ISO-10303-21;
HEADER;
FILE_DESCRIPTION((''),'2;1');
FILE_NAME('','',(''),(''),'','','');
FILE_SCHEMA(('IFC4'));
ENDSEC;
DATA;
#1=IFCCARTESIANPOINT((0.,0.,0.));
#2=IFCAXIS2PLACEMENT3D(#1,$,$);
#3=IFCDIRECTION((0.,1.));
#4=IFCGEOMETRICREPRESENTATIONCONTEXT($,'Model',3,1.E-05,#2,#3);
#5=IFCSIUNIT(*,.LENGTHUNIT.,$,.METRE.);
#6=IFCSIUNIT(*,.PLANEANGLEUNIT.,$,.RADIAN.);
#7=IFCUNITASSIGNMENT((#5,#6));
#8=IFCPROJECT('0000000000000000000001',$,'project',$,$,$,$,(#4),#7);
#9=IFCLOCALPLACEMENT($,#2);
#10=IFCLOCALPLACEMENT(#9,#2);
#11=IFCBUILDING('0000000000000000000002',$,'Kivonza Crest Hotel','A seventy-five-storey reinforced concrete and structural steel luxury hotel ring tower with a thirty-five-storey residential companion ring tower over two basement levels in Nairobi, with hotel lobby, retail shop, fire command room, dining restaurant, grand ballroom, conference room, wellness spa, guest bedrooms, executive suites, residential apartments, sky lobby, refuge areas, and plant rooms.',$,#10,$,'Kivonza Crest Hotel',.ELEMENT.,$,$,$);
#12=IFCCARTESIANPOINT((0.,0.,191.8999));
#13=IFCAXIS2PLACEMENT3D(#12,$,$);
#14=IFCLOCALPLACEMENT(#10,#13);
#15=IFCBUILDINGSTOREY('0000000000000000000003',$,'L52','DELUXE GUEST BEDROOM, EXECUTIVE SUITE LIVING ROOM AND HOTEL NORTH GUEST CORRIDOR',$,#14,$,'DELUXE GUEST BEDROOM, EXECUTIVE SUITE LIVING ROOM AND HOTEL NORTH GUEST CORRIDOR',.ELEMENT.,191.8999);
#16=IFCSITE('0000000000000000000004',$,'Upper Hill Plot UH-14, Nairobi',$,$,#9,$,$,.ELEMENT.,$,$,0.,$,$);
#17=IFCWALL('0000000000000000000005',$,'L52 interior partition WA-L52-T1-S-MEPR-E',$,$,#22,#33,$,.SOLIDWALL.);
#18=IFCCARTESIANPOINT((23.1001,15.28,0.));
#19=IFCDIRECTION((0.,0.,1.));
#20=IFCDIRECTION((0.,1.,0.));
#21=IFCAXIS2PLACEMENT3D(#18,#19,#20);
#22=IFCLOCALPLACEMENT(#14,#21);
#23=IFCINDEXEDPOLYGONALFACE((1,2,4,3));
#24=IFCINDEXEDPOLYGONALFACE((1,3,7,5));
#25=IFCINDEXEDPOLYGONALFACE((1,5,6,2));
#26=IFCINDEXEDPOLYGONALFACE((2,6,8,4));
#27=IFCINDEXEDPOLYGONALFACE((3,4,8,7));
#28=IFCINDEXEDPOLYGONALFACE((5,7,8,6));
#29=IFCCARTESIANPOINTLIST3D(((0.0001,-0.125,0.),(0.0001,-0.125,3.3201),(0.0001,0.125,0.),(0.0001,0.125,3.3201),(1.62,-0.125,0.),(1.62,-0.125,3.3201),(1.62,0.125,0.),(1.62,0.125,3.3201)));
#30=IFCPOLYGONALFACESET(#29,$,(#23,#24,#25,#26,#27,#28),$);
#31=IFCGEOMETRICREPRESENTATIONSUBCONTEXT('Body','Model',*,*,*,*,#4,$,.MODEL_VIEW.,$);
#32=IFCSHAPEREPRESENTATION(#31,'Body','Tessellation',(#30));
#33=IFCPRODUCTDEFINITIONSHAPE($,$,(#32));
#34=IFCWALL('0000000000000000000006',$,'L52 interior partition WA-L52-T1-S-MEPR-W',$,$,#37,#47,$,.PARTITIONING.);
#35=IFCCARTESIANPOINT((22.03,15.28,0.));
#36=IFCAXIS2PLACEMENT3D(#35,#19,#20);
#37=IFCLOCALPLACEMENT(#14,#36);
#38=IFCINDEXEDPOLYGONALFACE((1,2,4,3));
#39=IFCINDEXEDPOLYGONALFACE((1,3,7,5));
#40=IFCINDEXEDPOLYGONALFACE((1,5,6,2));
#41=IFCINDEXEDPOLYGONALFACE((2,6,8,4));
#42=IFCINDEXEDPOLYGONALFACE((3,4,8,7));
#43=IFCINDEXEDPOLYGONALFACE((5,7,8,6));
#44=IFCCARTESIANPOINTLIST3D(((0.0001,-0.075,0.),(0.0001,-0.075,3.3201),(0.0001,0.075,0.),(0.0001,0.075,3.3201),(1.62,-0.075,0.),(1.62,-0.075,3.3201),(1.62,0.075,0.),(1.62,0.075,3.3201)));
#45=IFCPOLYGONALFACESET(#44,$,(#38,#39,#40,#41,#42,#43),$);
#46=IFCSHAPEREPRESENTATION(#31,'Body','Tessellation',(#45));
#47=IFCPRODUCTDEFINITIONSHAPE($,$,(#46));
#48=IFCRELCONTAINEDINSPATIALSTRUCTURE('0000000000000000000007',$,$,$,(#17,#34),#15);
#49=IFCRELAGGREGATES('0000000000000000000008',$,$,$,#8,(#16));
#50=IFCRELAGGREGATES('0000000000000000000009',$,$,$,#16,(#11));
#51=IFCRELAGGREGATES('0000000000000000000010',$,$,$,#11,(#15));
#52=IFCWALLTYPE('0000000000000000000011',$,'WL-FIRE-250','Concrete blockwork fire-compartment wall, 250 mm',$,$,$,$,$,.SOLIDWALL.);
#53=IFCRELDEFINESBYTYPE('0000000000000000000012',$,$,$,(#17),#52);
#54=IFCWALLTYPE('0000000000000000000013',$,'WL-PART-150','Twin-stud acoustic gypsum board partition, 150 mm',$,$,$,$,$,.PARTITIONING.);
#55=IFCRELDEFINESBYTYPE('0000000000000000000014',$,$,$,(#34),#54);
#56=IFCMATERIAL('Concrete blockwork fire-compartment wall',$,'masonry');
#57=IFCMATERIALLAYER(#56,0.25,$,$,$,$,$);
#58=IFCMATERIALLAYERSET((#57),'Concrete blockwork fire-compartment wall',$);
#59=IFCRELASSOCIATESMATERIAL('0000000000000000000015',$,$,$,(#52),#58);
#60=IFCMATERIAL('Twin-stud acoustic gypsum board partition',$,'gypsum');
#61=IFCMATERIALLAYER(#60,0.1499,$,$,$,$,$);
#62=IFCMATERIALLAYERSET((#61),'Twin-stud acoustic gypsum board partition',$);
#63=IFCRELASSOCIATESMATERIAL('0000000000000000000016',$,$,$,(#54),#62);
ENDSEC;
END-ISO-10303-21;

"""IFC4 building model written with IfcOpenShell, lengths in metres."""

from ifc_helpers import new_model, si_unit, direction, frame, frame_2d, origin, place, context, subcontext, project, spatial, rectangle, extrude, material, layer, layer_set, type_object, element, save


model = new_model("IFC4")

# Units and contexts
model_context = context("Model", 3, precision=1e-05, world=origin(), true_north=direction((0.0, 1.0)))
body_context = subcontext(model_context, "Body", "Model", "MODEL_VIEW")
ifc_project = project(units=[si_unit("LENGTHUNIT", "METRE"), si_unit("PLANEANGLEUNIT", "RADIAN")], contexts=[model_context])

# Site, building, storey
site_placement = place(None, origin())
site = spatial("IfcSite", under=ifc_project, at=site_placement, Name="Upper Hill Plot UH-14, Nairobi", CompositionType="ELEMENT", RefElevation=0.0)
building_placement = place(site_placement, origin())
building = spatial("IfcBuilding", under=site, at=building_placement, Name="Kivonza Crest Hotel", Description="A seventy-five-storey reinforced concrete and structural steel luxury hotel ring tower with a thirty-five-storey residential companion ring tower over two basement levels in Nairobi, with hotel lobby, retail shop, fire command room, dining restaurant, grand ballroom, conference room, wellness spa, guest bedrooms, executive suites, residential apartments, sky lobby, refuge areas, and plant rooms.", LongName="Kivonza Crest Hotel", CompositionType="ELEMENT")
storey_placement = place(building_placement, frame((0.0, 0.0, 191.8999)))
storey = spatial("IfcBuildingStorey", under=building, at=storey_placement, Name="L52", Description="DELUXE GUEST BEDROOM, EXECUTIVE SUITE LIVING ROOM AND HOTEL NORTH GUEST CORRIDOR", LongName="DELUXE GUEST BEDROOM, EXECUTIVE SUITE LIVING ROOM AND HOTEL NORTH GUEST CORRIDOR", CompositionType="ELEMENT", Elevation=191.8999)

# Walls
ifc_material_1 = material(Name="Concrete blockwork fire-compartment wall", Category="masonry")
ifc_layer_1 = layer(ifc_material_1, 0.25)
ifc_layer_set_1 = layer_set([ifc_layer_1], Name="Concrete blockwork fire-compartment wall")
wall_type_1 = type_object("IfcWallType", Name="WL-FIRE-250", Description="Concrete blockwork fire-compartment wall, 250 mm", PredefinedType="SOLIDWALL", material=ifc_layer_set_1)
wall_1_placement = place(storey_placement, frame((23.1001, 15.28, 0.0), z_axis=(0.0, 0.0, 1.0), x_axis=(0.0, 1.0, 0.0)))
element("IfcWall", 1, at=wall_1_placement, inside=storey, type_object=wall_type_1, Name="L52 interior partition WA-L52-T1-S-MEPR-E", PredefinedType="SOLIDWALL", context=body_context, shape_type="SweptSolid", body=[
    extrude(rectangle(XDim=1.6199, YDim=0.25, at=frame_2d((0.8101, 0.0))), origin(), (0.0, 0.0, 1.0), 3.3201),
])
ifc_material_2 = material(Name="Twin-stud acoustic gypsum board partition", Category="gypsum")
ifc_layer_2 = layer(ifc_material_2, 0.1499)
ifc_layer_set_2 = layer_set([ifc_layer_2], Name="Twin-stud acoustic gypsum board partition")
wall_type_2 = type_object("IfcWallType", Name="WL-PART-150", Description="Twin-stud acoustic gypsum board partition, 150 mm", PredefinedType="PARTITIONING", material=ifc_layer_set_2)
wall_2_placement = place(storey_placement, frame((22.03, 15.28, 0.0), z_axis=(0.0, 0.0, 1.0), x_axis=(0.0, 1.0, 0.0)))
element("IfcWall", 2, at=wall_2_placement, inside=storey, type_object=wall_type_2, Name="L52 interior partition WA-L52-T1-S-MEPR-W", PredefinedType="PARTITIONING", context=body_context, shape_type="SweptSolid", body=[
    extrude(rectangle(XDim=1.6199, YDim=0.1499, at=frame_2d((0.8101, 0.0))), origin(), (0.0, 0.0, 1.0), 3.3201),
])

save(model, "model.ifc")
